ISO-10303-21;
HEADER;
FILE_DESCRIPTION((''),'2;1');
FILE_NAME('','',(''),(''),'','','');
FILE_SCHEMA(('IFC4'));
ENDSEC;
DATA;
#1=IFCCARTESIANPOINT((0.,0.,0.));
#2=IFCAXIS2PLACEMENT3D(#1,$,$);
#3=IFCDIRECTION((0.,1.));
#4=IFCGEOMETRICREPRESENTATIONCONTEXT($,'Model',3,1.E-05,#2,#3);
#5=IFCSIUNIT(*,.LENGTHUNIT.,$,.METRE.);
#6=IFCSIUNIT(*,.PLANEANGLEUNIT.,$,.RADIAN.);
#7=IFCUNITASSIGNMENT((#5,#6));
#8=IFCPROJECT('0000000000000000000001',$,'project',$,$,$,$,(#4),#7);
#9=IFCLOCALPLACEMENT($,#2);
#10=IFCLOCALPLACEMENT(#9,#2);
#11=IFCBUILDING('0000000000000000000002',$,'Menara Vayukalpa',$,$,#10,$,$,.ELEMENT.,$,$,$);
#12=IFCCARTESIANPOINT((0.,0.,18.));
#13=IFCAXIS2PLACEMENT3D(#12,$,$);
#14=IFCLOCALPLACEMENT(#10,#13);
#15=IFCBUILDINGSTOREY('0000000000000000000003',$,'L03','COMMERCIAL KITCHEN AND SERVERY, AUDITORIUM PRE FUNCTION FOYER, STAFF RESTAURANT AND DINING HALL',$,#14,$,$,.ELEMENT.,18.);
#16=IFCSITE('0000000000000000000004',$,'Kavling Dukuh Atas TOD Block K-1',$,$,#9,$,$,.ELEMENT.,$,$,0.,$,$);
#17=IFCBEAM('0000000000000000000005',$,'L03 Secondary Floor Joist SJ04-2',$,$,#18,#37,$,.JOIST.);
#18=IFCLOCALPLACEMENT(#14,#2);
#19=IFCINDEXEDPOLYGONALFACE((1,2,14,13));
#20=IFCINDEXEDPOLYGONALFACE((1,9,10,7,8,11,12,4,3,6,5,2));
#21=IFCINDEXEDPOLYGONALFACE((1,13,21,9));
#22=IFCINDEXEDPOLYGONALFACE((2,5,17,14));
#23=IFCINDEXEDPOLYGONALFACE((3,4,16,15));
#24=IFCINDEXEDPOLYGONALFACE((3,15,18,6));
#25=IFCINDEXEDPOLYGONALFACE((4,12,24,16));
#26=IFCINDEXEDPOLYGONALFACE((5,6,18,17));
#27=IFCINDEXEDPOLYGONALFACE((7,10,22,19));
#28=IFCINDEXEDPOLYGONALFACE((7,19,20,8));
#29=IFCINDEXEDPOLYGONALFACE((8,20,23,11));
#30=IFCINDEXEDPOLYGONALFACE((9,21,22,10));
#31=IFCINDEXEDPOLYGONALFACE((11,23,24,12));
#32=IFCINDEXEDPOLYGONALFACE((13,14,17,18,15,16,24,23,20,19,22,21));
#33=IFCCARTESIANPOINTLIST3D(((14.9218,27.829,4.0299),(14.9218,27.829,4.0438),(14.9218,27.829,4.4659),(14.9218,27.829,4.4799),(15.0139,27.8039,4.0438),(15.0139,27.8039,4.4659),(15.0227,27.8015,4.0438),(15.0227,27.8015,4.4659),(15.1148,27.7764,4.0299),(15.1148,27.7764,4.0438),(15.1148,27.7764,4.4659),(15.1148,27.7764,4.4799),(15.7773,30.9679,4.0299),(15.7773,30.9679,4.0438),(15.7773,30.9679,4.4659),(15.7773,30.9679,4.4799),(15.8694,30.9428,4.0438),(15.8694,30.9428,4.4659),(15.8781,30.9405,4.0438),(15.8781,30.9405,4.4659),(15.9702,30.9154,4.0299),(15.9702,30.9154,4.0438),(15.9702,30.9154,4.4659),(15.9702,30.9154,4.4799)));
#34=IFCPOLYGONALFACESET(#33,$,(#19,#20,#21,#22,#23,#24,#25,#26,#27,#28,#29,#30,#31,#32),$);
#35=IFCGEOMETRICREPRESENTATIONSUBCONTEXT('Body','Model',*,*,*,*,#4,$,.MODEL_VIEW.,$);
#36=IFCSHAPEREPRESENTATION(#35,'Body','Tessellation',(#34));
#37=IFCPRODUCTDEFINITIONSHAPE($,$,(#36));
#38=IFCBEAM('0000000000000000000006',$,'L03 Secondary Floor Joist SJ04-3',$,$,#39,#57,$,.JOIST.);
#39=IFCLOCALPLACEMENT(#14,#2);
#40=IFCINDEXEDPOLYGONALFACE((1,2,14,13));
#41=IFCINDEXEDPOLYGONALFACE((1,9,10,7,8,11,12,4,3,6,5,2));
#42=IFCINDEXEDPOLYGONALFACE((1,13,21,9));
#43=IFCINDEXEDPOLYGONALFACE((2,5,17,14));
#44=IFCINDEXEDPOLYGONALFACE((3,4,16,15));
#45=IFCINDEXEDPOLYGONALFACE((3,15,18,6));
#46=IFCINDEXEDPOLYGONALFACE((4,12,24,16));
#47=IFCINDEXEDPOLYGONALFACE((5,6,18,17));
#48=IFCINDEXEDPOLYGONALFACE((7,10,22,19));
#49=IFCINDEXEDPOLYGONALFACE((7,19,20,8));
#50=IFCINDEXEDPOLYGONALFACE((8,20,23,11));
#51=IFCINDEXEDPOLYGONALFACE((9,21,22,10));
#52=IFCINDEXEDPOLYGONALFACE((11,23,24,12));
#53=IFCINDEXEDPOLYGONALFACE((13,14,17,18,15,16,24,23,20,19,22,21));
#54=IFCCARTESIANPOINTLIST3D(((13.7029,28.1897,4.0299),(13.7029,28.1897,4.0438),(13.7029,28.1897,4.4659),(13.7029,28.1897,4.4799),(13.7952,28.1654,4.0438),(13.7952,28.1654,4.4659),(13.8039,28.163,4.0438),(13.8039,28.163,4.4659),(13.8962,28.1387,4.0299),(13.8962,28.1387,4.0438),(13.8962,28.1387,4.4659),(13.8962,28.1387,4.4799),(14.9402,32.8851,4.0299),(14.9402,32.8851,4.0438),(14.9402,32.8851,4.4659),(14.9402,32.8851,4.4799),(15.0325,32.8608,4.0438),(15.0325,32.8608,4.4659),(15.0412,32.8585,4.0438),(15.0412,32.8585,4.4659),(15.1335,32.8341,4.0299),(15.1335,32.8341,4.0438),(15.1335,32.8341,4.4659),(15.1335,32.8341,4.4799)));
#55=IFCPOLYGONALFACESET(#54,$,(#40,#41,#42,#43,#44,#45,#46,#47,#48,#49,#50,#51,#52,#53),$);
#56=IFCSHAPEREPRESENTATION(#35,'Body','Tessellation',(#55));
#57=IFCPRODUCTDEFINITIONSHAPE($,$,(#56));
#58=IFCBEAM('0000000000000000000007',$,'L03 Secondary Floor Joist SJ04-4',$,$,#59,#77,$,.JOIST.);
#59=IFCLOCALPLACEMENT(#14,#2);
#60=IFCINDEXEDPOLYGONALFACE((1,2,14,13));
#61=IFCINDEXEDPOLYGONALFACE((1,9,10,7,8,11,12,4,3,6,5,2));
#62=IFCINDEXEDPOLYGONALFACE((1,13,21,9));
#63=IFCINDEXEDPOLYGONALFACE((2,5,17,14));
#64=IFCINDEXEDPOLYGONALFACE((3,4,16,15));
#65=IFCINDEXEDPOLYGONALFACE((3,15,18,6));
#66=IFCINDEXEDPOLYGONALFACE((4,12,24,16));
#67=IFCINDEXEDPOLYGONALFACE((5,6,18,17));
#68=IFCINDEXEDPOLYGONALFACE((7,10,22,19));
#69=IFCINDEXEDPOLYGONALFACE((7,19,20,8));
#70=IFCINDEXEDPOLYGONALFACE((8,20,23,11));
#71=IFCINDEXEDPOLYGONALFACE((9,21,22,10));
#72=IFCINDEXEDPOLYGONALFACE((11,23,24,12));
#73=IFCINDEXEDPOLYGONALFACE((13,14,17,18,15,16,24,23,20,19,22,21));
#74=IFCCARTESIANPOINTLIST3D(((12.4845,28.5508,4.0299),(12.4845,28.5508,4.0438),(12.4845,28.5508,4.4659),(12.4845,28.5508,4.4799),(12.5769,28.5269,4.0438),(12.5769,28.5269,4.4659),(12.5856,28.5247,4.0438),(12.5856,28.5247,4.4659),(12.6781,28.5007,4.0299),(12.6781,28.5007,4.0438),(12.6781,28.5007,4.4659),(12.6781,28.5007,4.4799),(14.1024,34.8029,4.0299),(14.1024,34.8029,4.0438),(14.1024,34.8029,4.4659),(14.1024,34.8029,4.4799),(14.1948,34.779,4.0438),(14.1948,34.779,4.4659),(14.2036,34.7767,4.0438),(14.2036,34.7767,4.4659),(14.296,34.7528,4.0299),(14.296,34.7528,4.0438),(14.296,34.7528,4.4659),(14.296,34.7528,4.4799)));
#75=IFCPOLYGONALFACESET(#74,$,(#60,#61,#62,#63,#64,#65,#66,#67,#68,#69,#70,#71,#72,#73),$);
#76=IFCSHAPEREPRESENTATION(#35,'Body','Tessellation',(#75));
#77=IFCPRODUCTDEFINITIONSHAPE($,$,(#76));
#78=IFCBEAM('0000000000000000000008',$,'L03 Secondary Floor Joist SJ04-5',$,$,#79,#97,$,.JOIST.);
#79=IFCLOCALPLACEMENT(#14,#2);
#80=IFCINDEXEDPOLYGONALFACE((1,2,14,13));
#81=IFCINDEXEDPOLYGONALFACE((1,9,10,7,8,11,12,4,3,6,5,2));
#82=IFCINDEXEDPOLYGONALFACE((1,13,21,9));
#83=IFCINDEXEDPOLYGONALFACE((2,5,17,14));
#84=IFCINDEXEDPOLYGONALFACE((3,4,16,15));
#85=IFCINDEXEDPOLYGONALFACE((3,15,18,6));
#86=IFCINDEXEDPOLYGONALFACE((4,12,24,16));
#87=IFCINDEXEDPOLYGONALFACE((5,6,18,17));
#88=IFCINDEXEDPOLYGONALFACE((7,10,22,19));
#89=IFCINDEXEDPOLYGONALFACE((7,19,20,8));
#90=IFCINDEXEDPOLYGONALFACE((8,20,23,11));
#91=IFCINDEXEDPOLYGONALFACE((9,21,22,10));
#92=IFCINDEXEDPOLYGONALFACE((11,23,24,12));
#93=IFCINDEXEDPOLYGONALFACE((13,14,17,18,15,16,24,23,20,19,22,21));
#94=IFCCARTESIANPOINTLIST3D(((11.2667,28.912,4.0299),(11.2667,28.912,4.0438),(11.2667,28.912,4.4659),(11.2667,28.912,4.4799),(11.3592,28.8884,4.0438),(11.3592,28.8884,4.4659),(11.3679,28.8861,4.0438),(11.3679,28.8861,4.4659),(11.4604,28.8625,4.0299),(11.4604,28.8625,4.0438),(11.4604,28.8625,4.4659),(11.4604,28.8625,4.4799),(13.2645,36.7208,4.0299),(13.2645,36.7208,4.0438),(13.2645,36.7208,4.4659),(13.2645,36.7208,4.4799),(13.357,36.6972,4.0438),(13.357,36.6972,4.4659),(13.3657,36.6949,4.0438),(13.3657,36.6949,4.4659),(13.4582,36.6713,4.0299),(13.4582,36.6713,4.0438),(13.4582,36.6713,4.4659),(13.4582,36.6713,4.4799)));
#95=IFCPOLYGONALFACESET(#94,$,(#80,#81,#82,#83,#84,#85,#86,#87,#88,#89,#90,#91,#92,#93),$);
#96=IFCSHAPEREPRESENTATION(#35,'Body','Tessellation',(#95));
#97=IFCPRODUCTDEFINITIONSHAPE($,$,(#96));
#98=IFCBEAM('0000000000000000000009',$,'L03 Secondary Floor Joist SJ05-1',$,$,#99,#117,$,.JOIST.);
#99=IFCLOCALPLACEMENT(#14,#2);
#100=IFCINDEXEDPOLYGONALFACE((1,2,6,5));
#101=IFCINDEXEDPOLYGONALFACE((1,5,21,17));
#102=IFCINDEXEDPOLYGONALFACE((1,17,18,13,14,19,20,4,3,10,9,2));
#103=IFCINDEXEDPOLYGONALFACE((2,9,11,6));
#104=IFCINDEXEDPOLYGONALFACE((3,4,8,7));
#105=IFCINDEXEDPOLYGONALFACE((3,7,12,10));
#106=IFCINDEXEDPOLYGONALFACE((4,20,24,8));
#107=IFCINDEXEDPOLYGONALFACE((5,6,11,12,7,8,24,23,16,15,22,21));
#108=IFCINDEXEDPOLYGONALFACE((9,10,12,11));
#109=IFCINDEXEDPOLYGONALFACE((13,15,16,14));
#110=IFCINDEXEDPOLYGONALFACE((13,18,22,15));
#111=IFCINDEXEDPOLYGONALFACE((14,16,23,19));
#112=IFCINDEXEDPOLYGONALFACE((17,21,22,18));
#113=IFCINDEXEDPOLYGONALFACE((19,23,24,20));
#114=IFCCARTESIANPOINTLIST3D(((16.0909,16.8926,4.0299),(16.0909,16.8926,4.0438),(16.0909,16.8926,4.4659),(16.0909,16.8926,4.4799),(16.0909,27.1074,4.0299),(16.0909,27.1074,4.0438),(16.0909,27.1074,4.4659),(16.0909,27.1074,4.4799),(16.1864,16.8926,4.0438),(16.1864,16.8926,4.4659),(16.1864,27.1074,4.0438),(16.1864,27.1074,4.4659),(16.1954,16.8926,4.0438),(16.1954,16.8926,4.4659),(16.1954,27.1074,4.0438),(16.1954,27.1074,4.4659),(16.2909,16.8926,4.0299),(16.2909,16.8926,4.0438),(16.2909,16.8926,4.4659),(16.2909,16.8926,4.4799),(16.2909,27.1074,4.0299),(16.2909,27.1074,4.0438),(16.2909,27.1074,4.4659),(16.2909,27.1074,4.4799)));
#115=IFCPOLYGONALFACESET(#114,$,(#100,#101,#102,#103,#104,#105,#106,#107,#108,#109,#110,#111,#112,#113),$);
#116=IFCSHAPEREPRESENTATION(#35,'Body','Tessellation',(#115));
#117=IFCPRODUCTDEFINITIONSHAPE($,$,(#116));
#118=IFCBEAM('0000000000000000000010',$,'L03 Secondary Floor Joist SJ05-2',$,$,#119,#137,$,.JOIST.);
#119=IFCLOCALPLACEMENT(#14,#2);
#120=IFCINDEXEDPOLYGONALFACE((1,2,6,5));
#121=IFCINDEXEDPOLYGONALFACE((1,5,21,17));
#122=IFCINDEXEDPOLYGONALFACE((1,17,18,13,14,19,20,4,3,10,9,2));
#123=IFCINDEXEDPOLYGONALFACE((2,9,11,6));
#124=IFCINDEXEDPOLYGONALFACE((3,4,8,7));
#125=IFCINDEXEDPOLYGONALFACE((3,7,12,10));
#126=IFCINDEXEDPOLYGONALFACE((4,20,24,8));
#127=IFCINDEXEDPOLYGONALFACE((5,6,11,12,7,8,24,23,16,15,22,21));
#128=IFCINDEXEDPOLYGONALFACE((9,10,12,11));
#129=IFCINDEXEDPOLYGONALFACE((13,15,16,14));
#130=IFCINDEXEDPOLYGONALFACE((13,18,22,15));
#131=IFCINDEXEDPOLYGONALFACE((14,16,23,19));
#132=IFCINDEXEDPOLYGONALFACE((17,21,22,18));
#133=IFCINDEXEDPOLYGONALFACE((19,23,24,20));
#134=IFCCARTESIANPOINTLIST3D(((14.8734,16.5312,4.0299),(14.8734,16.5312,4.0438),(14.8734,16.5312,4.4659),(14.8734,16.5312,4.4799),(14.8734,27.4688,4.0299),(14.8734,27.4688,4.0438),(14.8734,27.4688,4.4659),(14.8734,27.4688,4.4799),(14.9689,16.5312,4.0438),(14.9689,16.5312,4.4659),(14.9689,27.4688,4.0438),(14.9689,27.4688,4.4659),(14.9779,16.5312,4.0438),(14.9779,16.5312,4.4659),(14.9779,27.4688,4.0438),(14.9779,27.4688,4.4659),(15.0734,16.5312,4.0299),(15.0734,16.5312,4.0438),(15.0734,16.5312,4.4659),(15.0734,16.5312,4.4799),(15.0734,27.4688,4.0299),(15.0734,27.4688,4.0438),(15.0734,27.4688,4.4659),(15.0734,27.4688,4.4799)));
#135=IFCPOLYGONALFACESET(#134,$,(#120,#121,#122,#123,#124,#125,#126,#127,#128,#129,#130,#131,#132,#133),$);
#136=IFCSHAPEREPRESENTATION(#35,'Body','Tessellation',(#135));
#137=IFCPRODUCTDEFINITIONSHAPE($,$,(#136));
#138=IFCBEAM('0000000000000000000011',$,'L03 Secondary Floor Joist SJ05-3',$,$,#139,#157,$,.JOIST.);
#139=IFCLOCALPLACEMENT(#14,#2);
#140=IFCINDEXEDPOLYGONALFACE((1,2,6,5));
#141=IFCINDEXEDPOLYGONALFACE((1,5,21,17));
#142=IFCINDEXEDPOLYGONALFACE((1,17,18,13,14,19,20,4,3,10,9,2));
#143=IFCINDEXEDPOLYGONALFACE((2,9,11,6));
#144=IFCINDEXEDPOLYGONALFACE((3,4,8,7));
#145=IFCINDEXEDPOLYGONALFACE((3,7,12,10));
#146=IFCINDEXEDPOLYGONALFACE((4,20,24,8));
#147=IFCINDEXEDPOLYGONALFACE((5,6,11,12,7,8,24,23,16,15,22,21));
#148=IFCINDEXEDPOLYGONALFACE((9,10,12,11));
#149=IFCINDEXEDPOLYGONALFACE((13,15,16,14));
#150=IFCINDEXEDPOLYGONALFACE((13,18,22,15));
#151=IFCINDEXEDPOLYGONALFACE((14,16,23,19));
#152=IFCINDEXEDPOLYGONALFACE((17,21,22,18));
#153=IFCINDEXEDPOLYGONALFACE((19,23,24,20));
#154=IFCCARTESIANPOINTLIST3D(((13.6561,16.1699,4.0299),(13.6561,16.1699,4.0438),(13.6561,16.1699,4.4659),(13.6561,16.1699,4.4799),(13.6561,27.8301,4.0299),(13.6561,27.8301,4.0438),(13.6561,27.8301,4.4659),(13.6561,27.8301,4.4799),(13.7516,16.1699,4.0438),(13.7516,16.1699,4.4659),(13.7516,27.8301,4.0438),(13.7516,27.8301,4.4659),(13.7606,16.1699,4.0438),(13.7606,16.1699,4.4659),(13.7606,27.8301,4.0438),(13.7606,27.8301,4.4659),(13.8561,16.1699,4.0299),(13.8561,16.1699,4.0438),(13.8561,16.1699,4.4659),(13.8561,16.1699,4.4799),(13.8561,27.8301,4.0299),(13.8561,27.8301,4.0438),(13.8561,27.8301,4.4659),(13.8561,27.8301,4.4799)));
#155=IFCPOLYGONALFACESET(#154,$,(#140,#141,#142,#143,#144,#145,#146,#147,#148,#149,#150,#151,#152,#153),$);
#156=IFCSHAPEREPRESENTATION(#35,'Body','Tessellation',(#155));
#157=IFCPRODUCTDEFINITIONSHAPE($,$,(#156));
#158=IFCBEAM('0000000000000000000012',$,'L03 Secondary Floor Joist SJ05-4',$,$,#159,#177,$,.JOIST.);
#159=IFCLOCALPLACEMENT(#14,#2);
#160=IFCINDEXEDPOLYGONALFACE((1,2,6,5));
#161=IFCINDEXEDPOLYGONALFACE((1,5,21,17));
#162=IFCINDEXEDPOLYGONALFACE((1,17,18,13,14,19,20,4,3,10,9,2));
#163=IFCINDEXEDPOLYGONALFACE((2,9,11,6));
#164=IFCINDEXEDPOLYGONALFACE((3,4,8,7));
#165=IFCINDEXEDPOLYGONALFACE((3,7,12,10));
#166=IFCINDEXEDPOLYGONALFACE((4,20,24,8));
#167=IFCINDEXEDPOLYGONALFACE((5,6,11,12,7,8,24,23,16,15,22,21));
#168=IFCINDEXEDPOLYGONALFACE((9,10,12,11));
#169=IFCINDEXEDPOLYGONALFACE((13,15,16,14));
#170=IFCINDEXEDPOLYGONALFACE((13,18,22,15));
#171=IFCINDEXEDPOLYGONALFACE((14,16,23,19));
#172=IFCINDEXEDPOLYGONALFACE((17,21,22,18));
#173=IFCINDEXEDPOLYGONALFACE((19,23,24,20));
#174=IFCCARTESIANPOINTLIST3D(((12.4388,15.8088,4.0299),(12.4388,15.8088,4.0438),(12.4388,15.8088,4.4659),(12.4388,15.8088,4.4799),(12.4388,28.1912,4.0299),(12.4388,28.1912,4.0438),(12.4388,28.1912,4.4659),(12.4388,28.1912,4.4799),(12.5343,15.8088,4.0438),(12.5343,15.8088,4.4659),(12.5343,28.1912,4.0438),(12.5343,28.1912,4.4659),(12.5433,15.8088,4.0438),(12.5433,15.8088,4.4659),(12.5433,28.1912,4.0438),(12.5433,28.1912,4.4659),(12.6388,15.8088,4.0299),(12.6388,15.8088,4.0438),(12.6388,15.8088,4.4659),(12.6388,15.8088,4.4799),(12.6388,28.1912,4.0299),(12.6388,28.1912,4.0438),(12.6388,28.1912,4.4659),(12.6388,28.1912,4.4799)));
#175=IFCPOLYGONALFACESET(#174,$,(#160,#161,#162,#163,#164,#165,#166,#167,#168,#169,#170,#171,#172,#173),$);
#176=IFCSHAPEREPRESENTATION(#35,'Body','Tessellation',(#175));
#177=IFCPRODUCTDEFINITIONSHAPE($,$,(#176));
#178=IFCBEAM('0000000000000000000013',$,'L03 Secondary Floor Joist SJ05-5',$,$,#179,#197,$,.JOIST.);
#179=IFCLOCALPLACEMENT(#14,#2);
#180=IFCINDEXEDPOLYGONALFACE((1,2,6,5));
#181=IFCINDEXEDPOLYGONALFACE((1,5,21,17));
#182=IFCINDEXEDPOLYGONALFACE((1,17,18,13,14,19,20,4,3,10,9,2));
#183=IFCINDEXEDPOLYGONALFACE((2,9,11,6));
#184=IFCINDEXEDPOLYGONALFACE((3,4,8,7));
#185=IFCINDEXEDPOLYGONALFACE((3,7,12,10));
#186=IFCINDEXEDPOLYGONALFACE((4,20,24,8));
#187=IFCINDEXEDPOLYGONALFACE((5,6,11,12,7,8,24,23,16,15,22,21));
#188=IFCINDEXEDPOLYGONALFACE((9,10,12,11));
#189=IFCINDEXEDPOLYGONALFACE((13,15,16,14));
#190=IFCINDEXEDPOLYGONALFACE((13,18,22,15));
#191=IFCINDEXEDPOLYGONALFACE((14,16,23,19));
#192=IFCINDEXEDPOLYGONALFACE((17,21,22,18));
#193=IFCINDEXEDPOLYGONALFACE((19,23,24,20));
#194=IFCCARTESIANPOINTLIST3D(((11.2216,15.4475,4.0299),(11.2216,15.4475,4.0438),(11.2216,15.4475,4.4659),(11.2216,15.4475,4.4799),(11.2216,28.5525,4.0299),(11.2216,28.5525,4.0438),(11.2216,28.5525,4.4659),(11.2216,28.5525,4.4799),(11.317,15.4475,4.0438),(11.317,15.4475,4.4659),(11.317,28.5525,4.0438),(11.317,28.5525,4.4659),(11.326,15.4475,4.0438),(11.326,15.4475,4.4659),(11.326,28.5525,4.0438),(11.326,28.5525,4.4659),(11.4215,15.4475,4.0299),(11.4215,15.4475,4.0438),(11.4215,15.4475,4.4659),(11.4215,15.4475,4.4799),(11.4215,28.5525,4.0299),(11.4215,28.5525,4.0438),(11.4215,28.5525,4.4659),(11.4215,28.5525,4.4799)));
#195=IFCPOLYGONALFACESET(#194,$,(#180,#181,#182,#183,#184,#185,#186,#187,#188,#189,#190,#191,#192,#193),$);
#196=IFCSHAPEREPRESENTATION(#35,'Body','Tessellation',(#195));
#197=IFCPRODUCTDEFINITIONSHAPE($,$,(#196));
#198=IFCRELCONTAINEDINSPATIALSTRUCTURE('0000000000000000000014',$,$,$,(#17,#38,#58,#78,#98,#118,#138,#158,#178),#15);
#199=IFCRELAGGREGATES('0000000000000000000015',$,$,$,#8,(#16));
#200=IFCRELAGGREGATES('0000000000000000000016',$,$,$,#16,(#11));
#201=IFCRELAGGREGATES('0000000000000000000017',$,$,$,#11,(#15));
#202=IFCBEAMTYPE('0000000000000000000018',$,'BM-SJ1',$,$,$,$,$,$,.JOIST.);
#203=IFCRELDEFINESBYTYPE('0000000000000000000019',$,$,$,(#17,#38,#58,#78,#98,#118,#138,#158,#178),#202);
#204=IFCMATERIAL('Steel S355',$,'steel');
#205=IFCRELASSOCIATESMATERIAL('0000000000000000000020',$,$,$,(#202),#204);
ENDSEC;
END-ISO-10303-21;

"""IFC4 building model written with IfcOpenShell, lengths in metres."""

from ifc_helpers import new_model, si_unit, direction, frame, origin, origin_2d, place, context, subcontext, project, spatial, i_section, extrude, material, material_profile, profile_set, type_object, element, save


model = new_model("IFC4")

# Units and contexts
model_context = context("Model", 3, precision=1e-05, world=origin(), true_north=direction((0.0, 1.0)))
body_context = subcontext(model_context, "Body", "Model", "MODEL_VIEW")
ifc_project = project(units=[si_unit("LENGTHUNIT", "METRE"), si_unit("PLANEANGLEUNIT", "RADIAN")], contexts=[model_context])

# Site, building, storey
site_placement = place(None, origin())
site = spatial("IfcSite", under=ifc_project, at=site_placement, Name="Kavling Dukuh Atas TOD Block K-1", CompositionType="ELEMENT", RefElevation=0.0)
building_placement = place(site_placement, origin())
building = spatial("IfcBuilding", under=site, at=building_placement, Name="Menara Vayukalpa", CompositionType="ELEMENT")
storey_placement = place(building_placement, frame((0.0, 0.0, 18.0)))
storey = spatial("IfcBuildingStorey", under=building, at=storey_placement, Name="L03", Description="COMMERCIAL KITCHEN AND SERVERY, AUDITORIUM PRE FUNCTION FOYER, STAFF RESTAURANT AND DINING HALL", CompositionType="ELEMENT", Elevation=18.0)

# Beams
ifc_material_1 = material(Name="Steel S355", Category="steel")
ifc_material_profile_1 = material_profile(ifc_material_1, i_section(OverallWidth=0.2, OverallDepth=0.45, WebThickness=0.009, FlangeThickness=0.0139, at=origin_2d()), Name="WF 450x200x9x14")
ifc_profile_set_1 = profile_set([ifc_material_profile_1], Name="Steel S355")
beam_type_1 = type_object("IfcBeamType", Name="BM-SJ1", PredefinedType="JOIST", material=ifc_profile_set_1)
beam_1_placement = place(storey_placement, frame((15.8738, 30.9417, 4.2549), z_axis=(-0.262946, -0.964811, 0.0), x_axis=(0.964811, -0.262946, 0.0)))
element("IfcBeam", 1, at=beam_1_placement, inside=storey, type_object=beam_type_1, Name="L03 Secondary Floor Joist SJ04-2", PredefinedType="JOIST", context=body_context, shape_type="SweptSolid", body=[
    extrude(i_section(OverallWidth=0.2, OverallDepth=0.45, WebThickness=0.009, FlangeThickness=0.0139, at=origin_2d()), origin(), (0.0, 0.0, 1.0), 3.2534),
])
beam_2_placement = place(storey_placement, frame((15.0369, 32.8596, 4.2549), z_axis=(-0.25482, -0.966989, 0.0), x_axis=(0.966989, -0.25482, 0.0)))
element("IfcBeam", 2, at=beam_2_placement, inside=storey, type_object=beam_type_1, Name="L03 Secondary Floor Joist SJ04-3", PredefinedType="JOIST", context=body_context, shape_type="SweptSolid", body=[
    extrude(i_section(OverallWidth=0.2, OverallDepth=0.45, WebThickness=0.009, FlangeThickness=0.0139, at=origin_2d()), origin(), (0.0, 0.0, 1.0), 4.8557),
])
beam_3_placement = place(storey_placement, frame((14.1992, 34.7778, 4.2549), z_axis=(-0.250533, -0.968108, 0.0), x_axis=(0.968108, -0.250533, 0.0)))
element("IfcBeam", 3, at=beam_3_placement, inside=storey, type_object=beam_type_1, Name="L03 Secondary Floor Joist SJ04-4", PredefinedType="JOIST", context=body_context, shape_type="SweptSolid", body=[
    extrude(i_section(OverallWidth=0.2, OverallDepth=0.45, WebThickness=0.009, FlangeThickness=0.0139, at=origin_2d()), origin(), (0.0, 0.0, 1.0), 6.458),
])
beam_4_placement = place(storey_placement, frame((13.3613, 36.696, 4.2549), z_axis=(-0.247856, -0.968797, 0.0), x_axis=(0.968797, -0.247856, 0.0)))
element("IfcBeam", 4, at=beam_4_placement, inside=storey, type_object=beam_type_1, Name="L03 Secondary Floor Joist SJ04-5", PredefinedType="JOIST", context=body_context, shape_type="SweptSolid", body=[
    extrude(i_section(OverallWidth=0.2, OverallDepth=0.45, WebThickness=0.009, FlangeThickness=0.0139, at=origin_2d()), origin(), (0.0, 0.0, 1.0), 8.0603),
])
beam_5_placement = place(storey_placement, frame((16.1909, 27.1074, 4.2549), z_axis=(0.0, -1.0, 0.0), x_axis=(1.0, 0.0, 0.0)))
element("IfcBeam", 5, at=beam_5_placement, inside=storey, type_object=beam_type_1, Name="L03 Secondary Floor Joist SJ05-1", PredefinedType="JOIST", context=body_context, shape_type="SweptSolid", body=[
    extrude(i_section(OverallWidth=0.2, OverallDepth=0.45, WebThickness=0.009, FlangeThickness=0.0139, at=origin_2d()), origin(), (0.0, 0.0, 1.0), 10.2148),
])
beam_6_placement = place(storey_placement, frame((14.9734, 27.4688, 4.2549), z_axis=(0.0, -1.0, 0.0), x_axis=(1.0, 0.0, 0.0)))
element("IfcBeam", 6, at=beam_6_placement, inside=storey, type_object=beam_type_1, Name="L03 Secondary Floor Joist SJ05-2", PredefinedType="JOIST", context=body_context, shape_type="SweptSolid", body=[
    extrude(i_section(OverallWidth=0.2, OverallDepth=0.45, WebThickness=0.009, FlangeThickness=0.0139, at=origin_2d()), origin(), (0.0, 0.0, 1.0), 10.9375),
])
beam_7_placement = place(storey_placement, frame((13.7561, 27.8301, 4.2549), z_axis=(0.0, -1.0, 0.0), x_axis=(1.0, 0.0, 0.0)))
element("IfcBeam", 7, at=beam_7_placement, inside=storey, type_object=beam_type_1, Name="L03 Secondary Floor Joist SJ05-3", PredefinedType="JOIST", context=body_context, shape_type="SweptSolid", body=[
    extrude(i_section(OverallWidth=0.2, OverallDepth=0.45, WebThickness=0.009, FlangeThickness=0.0139, at=origin_2d()), origin(), (0.0, 0.0, 1.0), 11.6602),
])
beam_8_placement = place(storey_placement, frame((12.5388, 28.1912, 4.2549), z_axis=(0.0, -1.0, 0.0), x_axis=(1.0, 0.0, 0.0)))
element("IfcBeam", 8, at=beam_8_placement, inside=storey, type_object=beam_type_1, Name="L03 Secondary Floor Joist SJ05-4", PredefinedType="JOIST", context=body_context, shape_type="SweptSolid", body=[
    extrude(i_section(OverallWidth=0.2, OverallDepth=0.45, WebThickness=0.009, FlangeThickness=0.0139, at=origin_2d()), origin(), (0.0, 0.0, 1.0), 12.3823),
])
beam_9_placement = place(storey_placement, frame((11.3215, 28.5525, 4.2549), z_axis=(0.0, -1.0, 0.0), x_axis=(1.0, 0.0, 0.0)))
element("IfcBeam", 9, at=beam_9_placement, inside=storey, type_object=beam_type_1, Name="L03 Secondary Floor Joist SJ05-5", PredefinedType="JOIST", context=body_context, shape_type="SweptSolid", body=[
    extrude(i_section(OverallWidth=0.2, OverallDepth=0.45, WebThickness=0.009, FlangeThickness=0.0139, at=origin_2d()), origin(), (0.0, 0.0, 1.0), 13.105),
])

save(model, "model.ifc")
